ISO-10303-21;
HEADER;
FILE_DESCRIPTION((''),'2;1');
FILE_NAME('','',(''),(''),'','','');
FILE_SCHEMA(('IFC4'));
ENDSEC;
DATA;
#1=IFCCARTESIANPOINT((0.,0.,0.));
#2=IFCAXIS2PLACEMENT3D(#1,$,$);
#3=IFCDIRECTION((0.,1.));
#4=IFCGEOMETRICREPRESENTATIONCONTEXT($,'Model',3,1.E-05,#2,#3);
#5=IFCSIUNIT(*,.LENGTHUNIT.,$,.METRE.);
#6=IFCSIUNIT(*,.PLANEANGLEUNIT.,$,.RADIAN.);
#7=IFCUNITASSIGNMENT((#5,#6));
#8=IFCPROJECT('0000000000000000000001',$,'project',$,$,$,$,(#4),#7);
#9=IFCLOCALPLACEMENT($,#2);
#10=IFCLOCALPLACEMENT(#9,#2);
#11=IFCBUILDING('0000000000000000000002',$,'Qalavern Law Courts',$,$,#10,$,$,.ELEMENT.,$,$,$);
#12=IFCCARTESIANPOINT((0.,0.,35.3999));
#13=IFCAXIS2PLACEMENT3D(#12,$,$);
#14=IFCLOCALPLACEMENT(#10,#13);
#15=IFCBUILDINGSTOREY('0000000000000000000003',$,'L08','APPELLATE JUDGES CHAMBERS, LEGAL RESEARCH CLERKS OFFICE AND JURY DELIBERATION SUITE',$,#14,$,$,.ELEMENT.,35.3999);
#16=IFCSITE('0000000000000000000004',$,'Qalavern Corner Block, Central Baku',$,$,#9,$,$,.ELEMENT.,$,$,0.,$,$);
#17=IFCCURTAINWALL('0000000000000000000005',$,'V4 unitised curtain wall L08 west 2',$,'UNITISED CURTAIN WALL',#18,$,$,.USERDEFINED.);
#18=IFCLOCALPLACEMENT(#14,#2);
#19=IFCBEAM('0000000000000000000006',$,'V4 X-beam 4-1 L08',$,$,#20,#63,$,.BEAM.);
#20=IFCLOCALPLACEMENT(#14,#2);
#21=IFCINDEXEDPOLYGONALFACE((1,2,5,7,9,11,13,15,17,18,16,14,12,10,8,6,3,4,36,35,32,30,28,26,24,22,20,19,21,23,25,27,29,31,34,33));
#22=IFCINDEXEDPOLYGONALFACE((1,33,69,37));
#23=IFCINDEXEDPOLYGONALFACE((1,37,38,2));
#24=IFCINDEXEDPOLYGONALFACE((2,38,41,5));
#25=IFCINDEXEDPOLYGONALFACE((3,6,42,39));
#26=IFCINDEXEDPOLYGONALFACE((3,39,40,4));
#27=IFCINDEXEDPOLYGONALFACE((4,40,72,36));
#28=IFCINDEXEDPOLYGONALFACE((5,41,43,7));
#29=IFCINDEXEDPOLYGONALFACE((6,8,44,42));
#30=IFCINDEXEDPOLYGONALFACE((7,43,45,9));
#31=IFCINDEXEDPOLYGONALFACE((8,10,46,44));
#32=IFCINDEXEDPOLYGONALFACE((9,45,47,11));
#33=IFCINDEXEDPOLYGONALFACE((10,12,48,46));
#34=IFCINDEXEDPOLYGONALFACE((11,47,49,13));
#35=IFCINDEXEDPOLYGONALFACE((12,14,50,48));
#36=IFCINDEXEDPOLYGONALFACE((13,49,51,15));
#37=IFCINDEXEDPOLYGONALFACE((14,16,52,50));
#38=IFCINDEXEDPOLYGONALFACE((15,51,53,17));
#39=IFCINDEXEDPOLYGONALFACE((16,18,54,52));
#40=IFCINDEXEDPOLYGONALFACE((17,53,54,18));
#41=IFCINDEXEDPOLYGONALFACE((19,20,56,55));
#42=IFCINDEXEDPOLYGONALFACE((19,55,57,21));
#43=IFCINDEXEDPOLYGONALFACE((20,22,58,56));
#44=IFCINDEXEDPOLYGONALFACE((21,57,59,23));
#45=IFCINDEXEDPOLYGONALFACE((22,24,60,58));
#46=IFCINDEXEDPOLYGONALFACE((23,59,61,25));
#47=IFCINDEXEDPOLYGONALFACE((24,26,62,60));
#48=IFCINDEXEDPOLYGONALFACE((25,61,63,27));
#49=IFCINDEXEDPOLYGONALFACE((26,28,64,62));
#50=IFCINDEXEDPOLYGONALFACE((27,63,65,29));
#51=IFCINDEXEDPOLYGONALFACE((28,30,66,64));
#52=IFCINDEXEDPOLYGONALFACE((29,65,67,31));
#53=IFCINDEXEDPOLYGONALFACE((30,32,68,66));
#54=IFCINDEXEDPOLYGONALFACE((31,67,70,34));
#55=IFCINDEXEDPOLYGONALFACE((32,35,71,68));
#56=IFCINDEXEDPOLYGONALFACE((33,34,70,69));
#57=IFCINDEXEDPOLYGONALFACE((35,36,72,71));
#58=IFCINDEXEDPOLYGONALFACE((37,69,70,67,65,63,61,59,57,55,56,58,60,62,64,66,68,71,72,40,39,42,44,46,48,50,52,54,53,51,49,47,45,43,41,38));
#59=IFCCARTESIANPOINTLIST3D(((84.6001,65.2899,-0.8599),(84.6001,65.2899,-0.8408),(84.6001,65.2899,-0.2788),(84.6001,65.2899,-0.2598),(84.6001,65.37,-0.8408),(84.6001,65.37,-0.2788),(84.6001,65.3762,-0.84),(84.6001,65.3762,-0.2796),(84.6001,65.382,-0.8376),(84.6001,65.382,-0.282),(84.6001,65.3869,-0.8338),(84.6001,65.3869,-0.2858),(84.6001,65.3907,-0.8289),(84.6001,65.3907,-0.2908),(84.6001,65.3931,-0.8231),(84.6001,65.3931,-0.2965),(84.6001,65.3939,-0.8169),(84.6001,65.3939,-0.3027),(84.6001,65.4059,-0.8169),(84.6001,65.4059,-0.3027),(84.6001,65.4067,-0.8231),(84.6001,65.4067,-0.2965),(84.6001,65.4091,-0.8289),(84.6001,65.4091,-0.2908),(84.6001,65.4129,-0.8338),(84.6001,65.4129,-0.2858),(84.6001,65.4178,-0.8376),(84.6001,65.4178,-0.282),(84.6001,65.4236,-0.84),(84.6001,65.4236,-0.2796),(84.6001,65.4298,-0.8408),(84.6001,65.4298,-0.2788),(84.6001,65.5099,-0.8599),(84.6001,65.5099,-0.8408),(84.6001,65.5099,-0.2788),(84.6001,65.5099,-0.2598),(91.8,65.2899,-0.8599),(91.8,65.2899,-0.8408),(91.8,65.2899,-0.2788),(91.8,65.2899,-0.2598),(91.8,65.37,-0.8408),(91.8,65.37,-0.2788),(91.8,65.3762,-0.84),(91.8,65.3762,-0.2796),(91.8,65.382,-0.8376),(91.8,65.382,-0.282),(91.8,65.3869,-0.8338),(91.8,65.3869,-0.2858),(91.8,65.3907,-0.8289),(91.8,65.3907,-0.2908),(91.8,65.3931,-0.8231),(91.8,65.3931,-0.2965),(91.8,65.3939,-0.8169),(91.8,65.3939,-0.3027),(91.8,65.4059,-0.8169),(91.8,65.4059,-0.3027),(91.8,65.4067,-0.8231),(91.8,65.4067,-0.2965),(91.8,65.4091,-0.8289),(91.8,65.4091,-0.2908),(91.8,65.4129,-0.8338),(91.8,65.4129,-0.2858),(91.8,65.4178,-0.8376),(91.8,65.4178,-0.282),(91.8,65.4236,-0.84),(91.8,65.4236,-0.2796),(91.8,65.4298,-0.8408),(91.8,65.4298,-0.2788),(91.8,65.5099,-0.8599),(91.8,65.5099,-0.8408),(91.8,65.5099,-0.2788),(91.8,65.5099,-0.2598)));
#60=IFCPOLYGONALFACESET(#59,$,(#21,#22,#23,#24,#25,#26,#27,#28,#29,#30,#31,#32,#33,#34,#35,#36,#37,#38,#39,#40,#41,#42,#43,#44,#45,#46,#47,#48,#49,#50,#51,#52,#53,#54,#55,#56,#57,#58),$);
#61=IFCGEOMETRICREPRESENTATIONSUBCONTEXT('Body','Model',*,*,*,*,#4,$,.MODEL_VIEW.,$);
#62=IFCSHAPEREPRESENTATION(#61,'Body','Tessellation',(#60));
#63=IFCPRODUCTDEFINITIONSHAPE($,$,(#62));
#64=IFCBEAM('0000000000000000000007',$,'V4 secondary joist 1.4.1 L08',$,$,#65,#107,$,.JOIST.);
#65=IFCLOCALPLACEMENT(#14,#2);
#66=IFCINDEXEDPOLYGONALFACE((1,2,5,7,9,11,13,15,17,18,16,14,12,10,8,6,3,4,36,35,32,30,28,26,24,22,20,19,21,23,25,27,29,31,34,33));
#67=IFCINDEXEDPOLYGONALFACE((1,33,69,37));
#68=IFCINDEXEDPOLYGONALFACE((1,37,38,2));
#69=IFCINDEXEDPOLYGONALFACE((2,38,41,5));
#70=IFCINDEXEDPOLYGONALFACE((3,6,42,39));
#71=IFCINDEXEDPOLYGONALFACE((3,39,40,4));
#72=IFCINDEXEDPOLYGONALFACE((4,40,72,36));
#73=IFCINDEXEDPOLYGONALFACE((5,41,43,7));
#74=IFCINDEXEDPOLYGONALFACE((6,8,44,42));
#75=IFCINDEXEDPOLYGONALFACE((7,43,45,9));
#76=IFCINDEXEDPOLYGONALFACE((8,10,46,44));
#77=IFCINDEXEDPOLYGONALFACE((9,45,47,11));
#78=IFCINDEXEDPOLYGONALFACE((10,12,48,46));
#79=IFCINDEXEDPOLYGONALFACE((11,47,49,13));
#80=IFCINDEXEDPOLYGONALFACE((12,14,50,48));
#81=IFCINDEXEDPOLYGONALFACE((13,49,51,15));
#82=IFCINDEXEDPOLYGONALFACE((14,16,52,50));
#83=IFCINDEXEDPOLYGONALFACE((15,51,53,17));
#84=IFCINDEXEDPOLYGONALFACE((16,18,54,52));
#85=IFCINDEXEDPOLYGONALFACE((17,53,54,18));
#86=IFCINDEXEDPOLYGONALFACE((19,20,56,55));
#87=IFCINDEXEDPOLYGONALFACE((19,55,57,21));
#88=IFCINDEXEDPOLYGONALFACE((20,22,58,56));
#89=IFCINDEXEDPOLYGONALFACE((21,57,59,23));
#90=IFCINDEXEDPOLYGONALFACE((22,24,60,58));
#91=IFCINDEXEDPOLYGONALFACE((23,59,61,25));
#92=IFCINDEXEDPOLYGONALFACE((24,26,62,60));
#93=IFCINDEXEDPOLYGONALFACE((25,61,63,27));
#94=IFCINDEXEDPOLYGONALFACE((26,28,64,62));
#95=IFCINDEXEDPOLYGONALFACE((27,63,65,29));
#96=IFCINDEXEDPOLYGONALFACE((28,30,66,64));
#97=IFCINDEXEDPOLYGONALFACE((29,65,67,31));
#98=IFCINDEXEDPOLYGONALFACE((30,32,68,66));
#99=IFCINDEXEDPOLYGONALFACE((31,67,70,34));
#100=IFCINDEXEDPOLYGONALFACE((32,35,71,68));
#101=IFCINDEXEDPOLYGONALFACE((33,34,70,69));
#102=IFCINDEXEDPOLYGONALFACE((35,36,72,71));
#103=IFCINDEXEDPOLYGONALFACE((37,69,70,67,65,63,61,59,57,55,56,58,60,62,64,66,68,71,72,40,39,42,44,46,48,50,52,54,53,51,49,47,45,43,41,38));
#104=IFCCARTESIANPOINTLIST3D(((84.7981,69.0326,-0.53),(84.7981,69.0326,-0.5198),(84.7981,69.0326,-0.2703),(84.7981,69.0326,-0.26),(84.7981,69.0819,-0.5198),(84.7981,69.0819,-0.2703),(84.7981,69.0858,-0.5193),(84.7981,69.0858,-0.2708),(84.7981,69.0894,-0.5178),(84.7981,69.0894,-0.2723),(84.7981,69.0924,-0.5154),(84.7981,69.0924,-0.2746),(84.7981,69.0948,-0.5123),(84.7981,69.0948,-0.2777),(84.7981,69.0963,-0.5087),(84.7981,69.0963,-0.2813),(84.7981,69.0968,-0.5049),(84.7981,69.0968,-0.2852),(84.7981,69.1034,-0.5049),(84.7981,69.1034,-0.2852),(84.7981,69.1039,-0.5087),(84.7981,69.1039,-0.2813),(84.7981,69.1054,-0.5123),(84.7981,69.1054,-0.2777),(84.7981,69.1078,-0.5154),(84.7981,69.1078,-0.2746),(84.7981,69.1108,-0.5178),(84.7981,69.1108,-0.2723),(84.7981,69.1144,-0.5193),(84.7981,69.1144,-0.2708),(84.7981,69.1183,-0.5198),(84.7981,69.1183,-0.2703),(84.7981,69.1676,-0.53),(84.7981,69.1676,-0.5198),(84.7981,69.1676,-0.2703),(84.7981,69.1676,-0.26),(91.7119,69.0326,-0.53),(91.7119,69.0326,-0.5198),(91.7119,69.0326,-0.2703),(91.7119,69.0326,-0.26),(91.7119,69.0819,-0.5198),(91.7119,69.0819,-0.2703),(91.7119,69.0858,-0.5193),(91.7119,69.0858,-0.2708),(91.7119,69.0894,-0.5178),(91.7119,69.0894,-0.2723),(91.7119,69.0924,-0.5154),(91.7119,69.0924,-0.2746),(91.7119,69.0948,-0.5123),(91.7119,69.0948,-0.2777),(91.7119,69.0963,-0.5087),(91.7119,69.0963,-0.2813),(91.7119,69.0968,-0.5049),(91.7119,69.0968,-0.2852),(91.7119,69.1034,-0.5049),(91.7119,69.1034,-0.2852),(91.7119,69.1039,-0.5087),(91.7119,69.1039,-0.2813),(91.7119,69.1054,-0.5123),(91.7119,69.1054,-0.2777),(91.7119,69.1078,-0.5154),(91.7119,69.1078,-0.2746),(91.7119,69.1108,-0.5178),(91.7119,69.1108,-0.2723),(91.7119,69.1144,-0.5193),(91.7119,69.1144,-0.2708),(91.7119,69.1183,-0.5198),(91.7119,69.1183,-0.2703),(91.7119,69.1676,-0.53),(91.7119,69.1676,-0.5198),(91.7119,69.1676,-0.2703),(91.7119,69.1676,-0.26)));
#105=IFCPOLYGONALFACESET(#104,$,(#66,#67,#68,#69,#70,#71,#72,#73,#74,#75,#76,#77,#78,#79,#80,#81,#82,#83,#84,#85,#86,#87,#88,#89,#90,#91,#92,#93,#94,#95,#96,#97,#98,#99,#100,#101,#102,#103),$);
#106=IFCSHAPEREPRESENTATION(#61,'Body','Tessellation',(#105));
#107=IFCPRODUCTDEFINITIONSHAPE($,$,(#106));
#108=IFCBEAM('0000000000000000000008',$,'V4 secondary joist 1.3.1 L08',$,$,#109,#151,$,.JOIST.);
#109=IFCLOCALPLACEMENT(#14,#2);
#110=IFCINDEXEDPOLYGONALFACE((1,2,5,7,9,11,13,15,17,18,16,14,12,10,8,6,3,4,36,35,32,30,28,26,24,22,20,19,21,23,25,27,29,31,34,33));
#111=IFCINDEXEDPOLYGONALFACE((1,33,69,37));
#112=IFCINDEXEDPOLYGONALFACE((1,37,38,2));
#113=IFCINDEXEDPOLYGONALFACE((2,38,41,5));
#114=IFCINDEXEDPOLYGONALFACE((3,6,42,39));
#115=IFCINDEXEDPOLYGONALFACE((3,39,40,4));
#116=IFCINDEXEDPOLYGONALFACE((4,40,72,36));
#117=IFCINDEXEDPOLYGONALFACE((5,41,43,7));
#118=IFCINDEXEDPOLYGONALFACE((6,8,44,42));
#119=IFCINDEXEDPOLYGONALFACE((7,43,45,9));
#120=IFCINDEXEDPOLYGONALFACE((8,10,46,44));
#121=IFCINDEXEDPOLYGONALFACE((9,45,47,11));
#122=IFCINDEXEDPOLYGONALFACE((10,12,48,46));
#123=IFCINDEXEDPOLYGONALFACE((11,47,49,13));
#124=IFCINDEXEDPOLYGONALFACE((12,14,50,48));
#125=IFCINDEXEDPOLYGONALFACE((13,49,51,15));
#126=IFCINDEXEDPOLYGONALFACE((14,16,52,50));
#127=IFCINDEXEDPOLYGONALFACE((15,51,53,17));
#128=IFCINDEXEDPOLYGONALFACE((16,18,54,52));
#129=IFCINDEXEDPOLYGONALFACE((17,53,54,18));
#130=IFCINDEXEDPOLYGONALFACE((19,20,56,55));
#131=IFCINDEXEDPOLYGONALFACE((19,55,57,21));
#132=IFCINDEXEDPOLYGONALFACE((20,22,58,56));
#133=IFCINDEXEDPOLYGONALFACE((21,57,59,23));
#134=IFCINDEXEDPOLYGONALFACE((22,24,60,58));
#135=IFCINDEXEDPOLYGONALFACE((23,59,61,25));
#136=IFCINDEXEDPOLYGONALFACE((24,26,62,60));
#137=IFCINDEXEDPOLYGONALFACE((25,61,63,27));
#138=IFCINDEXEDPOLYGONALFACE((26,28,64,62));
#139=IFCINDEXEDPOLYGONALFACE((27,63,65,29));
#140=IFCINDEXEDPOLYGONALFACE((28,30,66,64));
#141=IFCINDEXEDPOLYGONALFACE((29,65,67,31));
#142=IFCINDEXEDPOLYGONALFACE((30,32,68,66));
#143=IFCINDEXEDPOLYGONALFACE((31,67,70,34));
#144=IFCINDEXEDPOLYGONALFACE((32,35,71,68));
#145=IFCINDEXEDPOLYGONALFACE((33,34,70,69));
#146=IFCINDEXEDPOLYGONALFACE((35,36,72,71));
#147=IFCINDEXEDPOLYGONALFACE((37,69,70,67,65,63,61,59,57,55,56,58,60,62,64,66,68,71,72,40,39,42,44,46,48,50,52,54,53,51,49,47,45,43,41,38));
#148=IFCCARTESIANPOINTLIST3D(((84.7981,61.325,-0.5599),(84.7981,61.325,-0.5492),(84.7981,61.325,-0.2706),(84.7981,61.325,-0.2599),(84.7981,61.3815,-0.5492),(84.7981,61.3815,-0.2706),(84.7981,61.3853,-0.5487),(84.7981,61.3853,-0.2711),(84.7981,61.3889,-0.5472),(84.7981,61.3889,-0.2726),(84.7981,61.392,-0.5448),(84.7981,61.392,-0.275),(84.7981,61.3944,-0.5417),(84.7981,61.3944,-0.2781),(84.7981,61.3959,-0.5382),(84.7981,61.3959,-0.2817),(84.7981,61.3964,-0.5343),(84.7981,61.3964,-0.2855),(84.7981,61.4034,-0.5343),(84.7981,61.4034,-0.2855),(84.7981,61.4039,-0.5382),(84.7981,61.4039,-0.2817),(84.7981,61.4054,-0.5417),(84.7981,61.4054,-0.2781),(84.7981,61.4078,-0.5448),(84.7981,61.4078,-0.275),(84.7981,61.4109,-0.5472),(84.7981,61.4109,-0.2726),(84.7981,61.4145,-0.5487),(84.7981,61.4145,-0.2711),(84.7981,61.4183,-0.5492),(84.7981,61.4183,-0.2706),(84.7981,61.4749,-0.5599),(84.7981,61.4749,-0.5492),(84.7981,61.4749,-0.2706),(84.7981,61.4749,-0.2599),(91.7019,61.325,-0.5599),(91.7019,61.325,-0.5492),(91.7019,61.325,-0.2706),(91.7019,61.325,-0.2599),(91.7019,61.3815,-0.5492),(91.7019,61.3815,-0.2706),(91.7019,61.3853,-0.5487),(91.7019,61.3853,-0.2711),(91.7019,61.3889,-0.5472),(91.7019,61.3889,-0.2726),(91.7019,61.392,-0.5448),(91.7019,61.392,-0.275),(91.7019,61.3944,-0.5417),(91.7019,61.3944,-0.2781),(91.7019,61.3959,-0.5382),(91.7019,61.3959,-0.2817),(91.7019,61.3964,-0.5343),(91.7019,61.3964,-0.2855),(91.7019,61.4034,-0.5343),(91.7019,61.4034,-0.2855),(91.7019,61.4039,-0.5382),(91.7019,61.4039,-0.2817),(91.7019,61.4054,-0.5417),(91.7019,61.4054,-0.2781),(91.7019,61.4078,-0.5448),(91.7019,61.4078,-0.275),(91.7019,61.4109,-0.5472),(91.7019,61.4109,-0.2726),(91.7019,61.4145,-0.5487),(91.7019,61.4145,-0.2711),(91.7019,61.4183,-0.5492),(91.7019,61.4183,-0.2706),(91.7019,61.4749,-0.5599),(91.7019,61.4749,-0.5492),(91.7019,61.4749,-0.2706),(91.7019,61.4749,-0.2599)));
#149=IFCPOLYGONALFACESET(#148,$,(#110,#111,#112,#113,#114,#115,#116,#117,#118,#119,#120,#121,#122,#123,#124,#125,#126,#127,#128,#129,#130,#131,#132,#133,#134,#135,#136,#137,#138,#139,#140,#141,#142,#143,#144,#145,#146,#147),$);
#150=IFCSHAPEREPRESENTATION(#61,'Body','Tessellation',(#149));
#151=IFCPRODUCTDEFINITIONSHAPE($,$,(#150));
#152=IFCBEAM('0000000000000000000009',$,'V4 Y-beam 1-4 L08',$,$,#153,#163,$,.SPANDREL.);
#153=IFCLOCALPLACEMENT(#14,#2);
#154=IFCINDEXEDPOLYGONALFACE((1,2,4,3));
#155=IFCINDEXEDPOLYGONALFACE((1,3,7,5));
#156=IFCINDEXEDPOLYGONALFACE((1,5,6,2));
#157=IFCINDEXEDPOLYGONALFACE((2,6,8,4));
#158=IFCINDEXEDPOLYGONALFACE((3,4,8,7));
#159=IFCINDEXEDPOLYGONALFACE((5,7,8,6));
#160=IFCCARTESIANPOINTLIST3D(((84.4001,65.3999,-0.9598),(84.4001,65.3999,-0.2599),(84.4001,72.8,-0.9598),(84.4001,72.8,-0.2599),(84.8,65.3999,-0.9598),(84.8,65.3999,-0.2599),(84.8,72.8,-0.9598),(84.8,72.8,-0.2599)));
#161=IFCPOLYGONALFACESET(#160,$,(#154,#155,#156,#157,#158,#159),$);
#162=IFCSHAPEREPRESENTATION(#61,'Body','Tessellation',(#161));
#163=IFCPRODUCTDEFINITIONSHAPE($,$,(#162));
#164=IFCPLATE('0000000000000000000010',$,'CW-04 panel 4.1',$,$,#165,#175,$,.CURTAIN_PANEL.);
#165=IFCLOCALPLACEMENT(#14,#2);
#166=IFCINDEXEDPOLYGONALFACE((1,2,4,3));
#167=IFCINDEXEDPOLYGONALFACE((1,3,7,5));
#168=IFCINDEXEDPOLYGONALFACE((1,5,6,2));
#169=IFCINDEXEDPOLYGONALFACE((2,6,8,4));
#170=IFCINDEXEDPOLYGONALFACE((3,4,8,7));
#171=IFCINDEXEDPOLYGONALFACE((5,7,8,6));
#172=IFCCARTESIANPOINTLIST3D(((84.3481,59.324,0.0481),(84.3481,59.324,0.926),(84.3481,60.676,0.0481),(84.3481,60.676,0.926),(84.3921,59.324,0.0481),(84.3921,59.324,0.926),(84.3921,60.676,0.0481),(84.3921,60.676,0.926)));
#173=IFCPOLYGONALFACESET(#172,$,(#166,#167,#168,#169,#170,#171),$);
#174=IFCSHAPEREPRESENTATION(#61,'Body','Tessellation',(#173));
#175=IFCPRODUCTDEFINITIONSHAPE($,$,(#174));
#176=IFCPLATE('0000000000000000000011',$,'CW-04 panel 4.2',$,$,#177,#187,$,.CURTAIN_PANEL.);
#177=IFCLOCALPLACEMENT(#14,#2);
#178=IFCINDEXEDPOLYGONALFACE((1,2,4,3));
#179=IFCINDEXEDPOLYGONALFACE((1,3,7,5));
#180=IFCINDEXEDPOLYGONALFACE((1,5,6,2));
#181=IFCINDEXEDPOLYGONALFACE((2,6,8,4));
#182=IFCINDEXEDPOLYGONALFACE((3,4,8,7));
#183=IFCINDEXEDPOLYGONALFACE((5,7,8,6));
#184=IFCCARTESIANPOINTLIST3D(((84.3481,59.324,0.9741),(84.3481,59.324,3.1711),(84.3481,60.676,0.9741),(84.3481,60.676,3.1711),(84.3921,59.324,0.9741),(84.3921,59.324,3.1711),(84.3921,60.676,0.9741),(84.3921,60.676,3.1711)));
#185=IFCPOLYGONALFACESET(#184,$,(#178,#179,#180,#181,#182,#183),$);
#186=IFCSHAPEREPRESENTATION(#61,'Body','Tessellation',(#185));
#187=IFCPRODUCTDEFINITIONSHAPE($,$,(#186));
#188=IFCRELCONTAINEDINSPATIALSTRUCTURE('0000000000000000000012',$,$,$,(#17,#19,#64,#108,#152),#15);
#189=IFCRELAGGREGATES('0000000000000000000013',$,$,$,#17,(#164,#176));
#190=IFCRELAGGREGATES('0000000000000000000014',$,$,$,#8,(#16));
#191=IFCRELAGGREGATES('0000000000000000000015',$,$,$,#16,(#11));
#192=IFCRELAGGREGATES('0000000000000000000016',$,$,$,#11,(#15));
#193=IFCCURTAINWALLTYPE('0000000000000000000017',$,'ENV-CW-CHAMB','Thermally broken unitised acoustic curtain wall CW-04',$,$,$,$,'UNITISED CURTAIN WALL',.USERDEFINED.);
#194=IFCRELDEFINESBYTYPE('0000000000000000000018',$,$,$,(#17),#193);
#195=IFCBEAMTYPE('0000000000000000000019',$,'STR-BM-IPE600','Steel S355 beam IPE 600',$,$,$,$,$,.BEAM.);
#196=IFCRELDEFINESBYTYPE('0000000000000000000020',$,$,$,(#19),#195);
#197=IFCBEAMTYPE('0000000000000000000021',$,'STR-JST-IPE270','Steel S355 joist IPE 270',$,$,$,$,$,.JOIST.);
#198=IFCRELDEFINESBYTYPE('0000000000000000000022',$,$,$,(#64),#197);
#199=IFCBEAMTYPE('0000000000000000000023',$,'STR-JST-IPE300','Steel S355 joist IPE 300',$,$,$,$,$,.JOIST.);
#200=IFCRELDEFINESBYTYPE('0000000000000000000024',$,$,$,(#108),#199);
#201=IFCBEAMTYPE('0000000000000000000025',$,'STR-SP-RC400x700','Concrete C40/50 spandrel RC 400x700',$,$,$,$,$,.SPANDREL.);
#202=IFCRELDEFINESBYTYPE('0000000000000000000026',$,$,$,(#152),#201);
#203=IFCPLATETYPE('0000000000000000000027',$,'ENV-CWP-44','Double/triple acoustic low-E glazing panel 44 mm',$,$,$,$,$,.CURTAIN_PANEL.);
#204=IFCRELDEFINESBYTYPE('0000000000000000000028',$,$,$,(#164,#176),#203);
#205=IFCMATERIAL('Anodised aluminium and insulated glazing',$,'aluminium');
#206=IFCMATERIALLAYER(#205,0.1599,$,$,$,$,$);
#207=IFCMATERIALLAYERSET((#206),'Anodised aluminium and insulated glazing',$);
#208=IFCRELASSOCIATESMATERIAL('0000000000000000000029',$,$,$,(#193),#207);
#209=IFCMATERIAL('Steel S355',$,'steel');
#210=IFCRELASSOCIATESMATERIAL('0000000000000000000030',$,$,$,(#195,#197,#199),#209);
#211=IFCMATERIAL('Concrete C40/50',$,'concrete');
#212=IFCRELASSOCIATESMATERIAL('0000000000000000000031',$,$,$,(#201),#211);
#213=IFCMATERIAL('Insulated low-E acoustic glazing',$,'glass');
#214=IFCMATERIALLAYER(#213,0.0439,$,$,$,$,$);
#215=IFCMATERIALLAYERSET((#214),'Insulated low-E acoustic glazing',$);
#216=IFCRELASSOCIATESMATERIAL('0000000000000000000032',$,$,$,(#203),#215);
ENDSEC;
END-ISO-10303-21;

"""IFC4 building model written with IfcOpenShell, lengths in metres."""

from ifc_helpers import new_model, si_unit, direction, frame, origin, origin_2d, place, context, subcontext, project, spatial, rectangle, i_section, extrude, material, layer, layer_set, material_profile, profile_set, type_object, element, aggregate, save


model = new_model("IFC4")

# Units and contexts
model_context = context("Model", 3, precision=1e-05, world=origin(), true_north=direction((0.0, 1.0)))
body_context = subcontext(model_context, "Body", "Model", "MODEL_VIEW")
ifc_project = project(units=[si_unit("LENGTHUNIT", "METRE"), si_unit("PLANEANGLEUNIT", "RADIAN")], contexts=[model_context])

# Site, building, storey
site_placement = place(None, origin())
site = spatial("IfcSite", under=ifc_project, at=site_placement, Name="Qalavern Corner Block, Central Baku", CompositionType="ELEMENT", RefElevation=0.0)
building_placement = place(site_placement, origin())
building = spatial("IfcBuilding", under=site, at=building_placement, Name="Qalavern Law Courts", CompositionType="ELEMENT")
storey_placement = place(building_placement, frame((0.0, 0.0, 35.3999)))
storey = spatial("IfcBuildingStorey", under=building, at=storey_placement, Name="L08", Description="APPELLATE JUDGES CHAMBERS, LEGAL RESEARCH CLERKS OFFICE AND JURY DELIBERATION SUITE", CompositionType="ELEMENT", Elevation=35.3999)

# Curtain wall
ifc_material_1 = material(Name="Anodised aluminium and insulated glazing", Category="aluminium")
ifc_layer_1 = layer(ifc_material_1, 0.1599)
ifc_layer_set_1 = layer_set([ifc_layer_1], Name="Anodised aluminium and insulated glazing")
curtain_wall_type = type_object("IfcCurtainWallType", Name="ENV-CW-CHAMB", Description="Thermally broken unitised acoustic curtain wall CW-04", ElementType="UNITISED CURTAIN WALL", PredefinedType="USERDEFINED", material=ifc_layer_set_1)
curtain_wall_placement = place(storey_placement, origin())
curtain_wall = element("IfcCurtainWall", 1, at=curtain_wall_placement, inside=storey, type_object=curtain_wall_type, Name="V4 unitised curtain wall L08 west 2", ObjectType="UNITISED CURTAIN WALL", PredefinedType="USERDEFINED")

# Beams
ifc_material_2 = material(Name="Steel S355", Category="steel")
ifc_material_profile_1 = material_profile(ifc_material_2, i_section(OverallWidth=0.22, OverallDepth=0.6001, WebThickness=0.012, FlangeThickness=0.019, FilletRadius=0.0239, at=origin_2d()), Name="IPE 600")
ifc_profile_set_1 = profile_set([ifc_material_profile_1], Name="Steel S355")
beam_type_1 = type_object("IfcBeamType", Name="STR-BM-IPE600", Description="Steel S355 beam IPE 600", PredefinedType="BEAM", material=ifc_profile_set_1)
beam_1_placement = place(storey_placement, frame((84.6001, 65.3999, -0.5598), z_axis=(1.0, 0.0, 0.0), x_axis=(0.0, 1.0, 0.0)))
element("IfcBeam", 2, at=beam_1_placement, inside=storey, type_object=beam_type_1, Name="V4 X-beam 4-1 L08", PredefinedType="BEAM", context=body_context, shape_type="SweptSolid", body=[
    extrude(i_section(OverallWidth=0.22, OverallDepth=0.6001, WebThickness=0.012, FlangeThickness=0.019, FilletRadius=0.0239, at=origin_2d()), origin(), (0.0, 0.0, 1.0), 7.2),
])
ifc_material_profile_2 = material_profile(ifc_material_2, i_section(OverallWidth=0.135, OverallDepth=0.27, WebThickness=0.0066, FlangeThickness=0.0103, FilletRadius=0.0149, at=origin_2d()), Name="IPE 270")
ifc_profile_set_2 = profile_set([ifc_material_profile_2], Name="Steel S355")
beam_type_2 = type_object("IfcBeamType", Name="STR-JST-IPE270", Description="Steel S355 joist IPE 270", PredefinedType="JOIST", material=ifc_profile_set_2)
beam_2_placement = place(storey_placement, frame((84.7981, 69.1001, -0.395), z_axis=(1.0, 0.0, 0.0), x_axis=(0.0, 1.0, 0.0)))
element("IfcBeam", 3, at=beam_2_placement, inside=storey, type_object=beam_type_2, Name="V4 secondary joist 1.4.1 L08", PredefinedType="JOIST", context=body_context, shape_type="SweptSolid", body=[
    extrude(i_section(OverallWidth=0.135, OverallDepth=0.27, WebThickness=0.0066, FlangeThickness=0.0103, FilletRadius=0.0149, at=origin_2d()), origin(), (0.0, 0.0, 1.0), 6.9138),
])
ifc_material_profile_3 = material_profile(ifc_material_2, i_section(OverallWidth=0.1499, OverallDepth=0.3, WebThickness=0.0071, FlangeThickness=0.0107, FilletRadius=0.0149, at=origin_2d()), Name="IPE 300")
ifc_profile_set_3 = profile_set([ifc_material_profile_3], Name="Steel S355")
beam_type_3 = type_object("IfcBeamType", Name="STR-JST-IPE300", Description="Steel S355 joist IPE 300", PredefinedType="JOIST", material=ifc_profile_set_3)
beam_3_placement = place(storey_placement, frame((84.7981, 61.3999, -0.4099), z_axis=(1.0, 0.0, 0.0), x_axis=(0.0, 1.0, 0.0)))
element("IfcBeam", 4, at=beam_3_placement, inside=storey, type_object=beam_type_3, Name="V4 secondary joist 1.3.1 L08", PredefinedType="JOIST", context=body_context, shape_type="SweptSolid", body=[
    extrude(i_section(OverallWidth=0.1499, OverallDepth=0.3, WebThickness=0.0071, FlangeThickness=0.0107, FilletRadius=0.0149, at=origin_2d()), origin(), (0.0, 0.0, 1.0), 6.9038),
])
ifc_material_3 = material(Name="Concrete C40/50", Category="concrete")
ifc_material_profile_4 = material_profile(ifc_material_3, rectangle(XDim=0.3999, YDim=0.7, at=origin_2d()), Name="RC 400x700")
ifc_profile_set_4 = profile_set([ifc_material_profile_4], Name="Concrete C40/50")
beam_type_4 = type_object("IfcBeamType", Name="STR-SP-RC400x700", Description="Concrete C40/50 spandrel RC 400x700", PredefinedType="SPANDREL", material=ifc_profile_set_4)
beam_4_placement = place(storey_placement, frame((84.6001, 65.3999, -0.6099), z_axis=(0.0, 1.0, 0.0), x_axis=(-1.0, 0.0, 0.0)))
element("IfcBeam", 5, at=beam_4_placement, inside=storey, type_object=beam_type_4, Name="V4 Y-beam 1-4 L08", PredefinedType="SPANDREL", context=body_context, shape_type="SweptSolid", body=[
    extrude(rectangle(XDim=0.3999, YDim=0.7, at=origin_2d()), origin(), (0.0, 0.0, 1.0), 7.4001),
])

# Plates
ifc_material_4 = material(Name="Insulated low-E acoustic glazing", Category="glass")
ifc_layer_2 = layer(ifc_material_4, 0.0439)
ifc_layer_set_2 = layer_set([ifc_layer_2], Name="Insulated low-E acoustic glazing")
plate_type = type_object("IfcPlateType", Name="ENV-CWP-44", Description="Double/triple acoustic low-E glazing panel 44 mm", PredefinedType="CURTAIN_PANEL", material=ifc_layer_set_2)
plate_1_placement = place(storey_placement, frame((84.3701, 60.0, 0.0481), z_axis=(0.0, 0.0, 1.0), x_axis=(0.0, -1.0, 0.0)))
plate_1 = element("IfcPlate", 6, at=plate_1_placement, type_object=plate_type, Name="CW-04 panel 4.1", PredefinedType="CURTAIN_PANEL", context=body_context, shape_type="SweptSolid", body=[
    extrude(rectangle(XDim=1.3521, YDim=0.0439, at=origin_2d()), origin(), (0.0, 0.0, 1.0), 0.8779),
])
plate_2_placement = place(storey_placement, frame((84.3701, 60.0, 0.9741), z_axis=(0.0, 0.0, 1.0), x_axis=(0.0, -1.0, 0.0)))
plate_2 = element("IfcPlate", 7, at=plate_2_placement, type_object=plate_type, Name="CW-04 panel 4.2", PredefinedType="CURTAIN_PANEL", context=body_context, shape_type="SweptSolid", body=[
    extrude(rectangle(XDim=1.3521, YDim=0.0439, at=origin_2d()), origin(), (0.0, 0.0, 1.0), 2.197),
])
aggregate(curtain_wall, [plate_1, plate_2])

save(model, "model.ifc")
